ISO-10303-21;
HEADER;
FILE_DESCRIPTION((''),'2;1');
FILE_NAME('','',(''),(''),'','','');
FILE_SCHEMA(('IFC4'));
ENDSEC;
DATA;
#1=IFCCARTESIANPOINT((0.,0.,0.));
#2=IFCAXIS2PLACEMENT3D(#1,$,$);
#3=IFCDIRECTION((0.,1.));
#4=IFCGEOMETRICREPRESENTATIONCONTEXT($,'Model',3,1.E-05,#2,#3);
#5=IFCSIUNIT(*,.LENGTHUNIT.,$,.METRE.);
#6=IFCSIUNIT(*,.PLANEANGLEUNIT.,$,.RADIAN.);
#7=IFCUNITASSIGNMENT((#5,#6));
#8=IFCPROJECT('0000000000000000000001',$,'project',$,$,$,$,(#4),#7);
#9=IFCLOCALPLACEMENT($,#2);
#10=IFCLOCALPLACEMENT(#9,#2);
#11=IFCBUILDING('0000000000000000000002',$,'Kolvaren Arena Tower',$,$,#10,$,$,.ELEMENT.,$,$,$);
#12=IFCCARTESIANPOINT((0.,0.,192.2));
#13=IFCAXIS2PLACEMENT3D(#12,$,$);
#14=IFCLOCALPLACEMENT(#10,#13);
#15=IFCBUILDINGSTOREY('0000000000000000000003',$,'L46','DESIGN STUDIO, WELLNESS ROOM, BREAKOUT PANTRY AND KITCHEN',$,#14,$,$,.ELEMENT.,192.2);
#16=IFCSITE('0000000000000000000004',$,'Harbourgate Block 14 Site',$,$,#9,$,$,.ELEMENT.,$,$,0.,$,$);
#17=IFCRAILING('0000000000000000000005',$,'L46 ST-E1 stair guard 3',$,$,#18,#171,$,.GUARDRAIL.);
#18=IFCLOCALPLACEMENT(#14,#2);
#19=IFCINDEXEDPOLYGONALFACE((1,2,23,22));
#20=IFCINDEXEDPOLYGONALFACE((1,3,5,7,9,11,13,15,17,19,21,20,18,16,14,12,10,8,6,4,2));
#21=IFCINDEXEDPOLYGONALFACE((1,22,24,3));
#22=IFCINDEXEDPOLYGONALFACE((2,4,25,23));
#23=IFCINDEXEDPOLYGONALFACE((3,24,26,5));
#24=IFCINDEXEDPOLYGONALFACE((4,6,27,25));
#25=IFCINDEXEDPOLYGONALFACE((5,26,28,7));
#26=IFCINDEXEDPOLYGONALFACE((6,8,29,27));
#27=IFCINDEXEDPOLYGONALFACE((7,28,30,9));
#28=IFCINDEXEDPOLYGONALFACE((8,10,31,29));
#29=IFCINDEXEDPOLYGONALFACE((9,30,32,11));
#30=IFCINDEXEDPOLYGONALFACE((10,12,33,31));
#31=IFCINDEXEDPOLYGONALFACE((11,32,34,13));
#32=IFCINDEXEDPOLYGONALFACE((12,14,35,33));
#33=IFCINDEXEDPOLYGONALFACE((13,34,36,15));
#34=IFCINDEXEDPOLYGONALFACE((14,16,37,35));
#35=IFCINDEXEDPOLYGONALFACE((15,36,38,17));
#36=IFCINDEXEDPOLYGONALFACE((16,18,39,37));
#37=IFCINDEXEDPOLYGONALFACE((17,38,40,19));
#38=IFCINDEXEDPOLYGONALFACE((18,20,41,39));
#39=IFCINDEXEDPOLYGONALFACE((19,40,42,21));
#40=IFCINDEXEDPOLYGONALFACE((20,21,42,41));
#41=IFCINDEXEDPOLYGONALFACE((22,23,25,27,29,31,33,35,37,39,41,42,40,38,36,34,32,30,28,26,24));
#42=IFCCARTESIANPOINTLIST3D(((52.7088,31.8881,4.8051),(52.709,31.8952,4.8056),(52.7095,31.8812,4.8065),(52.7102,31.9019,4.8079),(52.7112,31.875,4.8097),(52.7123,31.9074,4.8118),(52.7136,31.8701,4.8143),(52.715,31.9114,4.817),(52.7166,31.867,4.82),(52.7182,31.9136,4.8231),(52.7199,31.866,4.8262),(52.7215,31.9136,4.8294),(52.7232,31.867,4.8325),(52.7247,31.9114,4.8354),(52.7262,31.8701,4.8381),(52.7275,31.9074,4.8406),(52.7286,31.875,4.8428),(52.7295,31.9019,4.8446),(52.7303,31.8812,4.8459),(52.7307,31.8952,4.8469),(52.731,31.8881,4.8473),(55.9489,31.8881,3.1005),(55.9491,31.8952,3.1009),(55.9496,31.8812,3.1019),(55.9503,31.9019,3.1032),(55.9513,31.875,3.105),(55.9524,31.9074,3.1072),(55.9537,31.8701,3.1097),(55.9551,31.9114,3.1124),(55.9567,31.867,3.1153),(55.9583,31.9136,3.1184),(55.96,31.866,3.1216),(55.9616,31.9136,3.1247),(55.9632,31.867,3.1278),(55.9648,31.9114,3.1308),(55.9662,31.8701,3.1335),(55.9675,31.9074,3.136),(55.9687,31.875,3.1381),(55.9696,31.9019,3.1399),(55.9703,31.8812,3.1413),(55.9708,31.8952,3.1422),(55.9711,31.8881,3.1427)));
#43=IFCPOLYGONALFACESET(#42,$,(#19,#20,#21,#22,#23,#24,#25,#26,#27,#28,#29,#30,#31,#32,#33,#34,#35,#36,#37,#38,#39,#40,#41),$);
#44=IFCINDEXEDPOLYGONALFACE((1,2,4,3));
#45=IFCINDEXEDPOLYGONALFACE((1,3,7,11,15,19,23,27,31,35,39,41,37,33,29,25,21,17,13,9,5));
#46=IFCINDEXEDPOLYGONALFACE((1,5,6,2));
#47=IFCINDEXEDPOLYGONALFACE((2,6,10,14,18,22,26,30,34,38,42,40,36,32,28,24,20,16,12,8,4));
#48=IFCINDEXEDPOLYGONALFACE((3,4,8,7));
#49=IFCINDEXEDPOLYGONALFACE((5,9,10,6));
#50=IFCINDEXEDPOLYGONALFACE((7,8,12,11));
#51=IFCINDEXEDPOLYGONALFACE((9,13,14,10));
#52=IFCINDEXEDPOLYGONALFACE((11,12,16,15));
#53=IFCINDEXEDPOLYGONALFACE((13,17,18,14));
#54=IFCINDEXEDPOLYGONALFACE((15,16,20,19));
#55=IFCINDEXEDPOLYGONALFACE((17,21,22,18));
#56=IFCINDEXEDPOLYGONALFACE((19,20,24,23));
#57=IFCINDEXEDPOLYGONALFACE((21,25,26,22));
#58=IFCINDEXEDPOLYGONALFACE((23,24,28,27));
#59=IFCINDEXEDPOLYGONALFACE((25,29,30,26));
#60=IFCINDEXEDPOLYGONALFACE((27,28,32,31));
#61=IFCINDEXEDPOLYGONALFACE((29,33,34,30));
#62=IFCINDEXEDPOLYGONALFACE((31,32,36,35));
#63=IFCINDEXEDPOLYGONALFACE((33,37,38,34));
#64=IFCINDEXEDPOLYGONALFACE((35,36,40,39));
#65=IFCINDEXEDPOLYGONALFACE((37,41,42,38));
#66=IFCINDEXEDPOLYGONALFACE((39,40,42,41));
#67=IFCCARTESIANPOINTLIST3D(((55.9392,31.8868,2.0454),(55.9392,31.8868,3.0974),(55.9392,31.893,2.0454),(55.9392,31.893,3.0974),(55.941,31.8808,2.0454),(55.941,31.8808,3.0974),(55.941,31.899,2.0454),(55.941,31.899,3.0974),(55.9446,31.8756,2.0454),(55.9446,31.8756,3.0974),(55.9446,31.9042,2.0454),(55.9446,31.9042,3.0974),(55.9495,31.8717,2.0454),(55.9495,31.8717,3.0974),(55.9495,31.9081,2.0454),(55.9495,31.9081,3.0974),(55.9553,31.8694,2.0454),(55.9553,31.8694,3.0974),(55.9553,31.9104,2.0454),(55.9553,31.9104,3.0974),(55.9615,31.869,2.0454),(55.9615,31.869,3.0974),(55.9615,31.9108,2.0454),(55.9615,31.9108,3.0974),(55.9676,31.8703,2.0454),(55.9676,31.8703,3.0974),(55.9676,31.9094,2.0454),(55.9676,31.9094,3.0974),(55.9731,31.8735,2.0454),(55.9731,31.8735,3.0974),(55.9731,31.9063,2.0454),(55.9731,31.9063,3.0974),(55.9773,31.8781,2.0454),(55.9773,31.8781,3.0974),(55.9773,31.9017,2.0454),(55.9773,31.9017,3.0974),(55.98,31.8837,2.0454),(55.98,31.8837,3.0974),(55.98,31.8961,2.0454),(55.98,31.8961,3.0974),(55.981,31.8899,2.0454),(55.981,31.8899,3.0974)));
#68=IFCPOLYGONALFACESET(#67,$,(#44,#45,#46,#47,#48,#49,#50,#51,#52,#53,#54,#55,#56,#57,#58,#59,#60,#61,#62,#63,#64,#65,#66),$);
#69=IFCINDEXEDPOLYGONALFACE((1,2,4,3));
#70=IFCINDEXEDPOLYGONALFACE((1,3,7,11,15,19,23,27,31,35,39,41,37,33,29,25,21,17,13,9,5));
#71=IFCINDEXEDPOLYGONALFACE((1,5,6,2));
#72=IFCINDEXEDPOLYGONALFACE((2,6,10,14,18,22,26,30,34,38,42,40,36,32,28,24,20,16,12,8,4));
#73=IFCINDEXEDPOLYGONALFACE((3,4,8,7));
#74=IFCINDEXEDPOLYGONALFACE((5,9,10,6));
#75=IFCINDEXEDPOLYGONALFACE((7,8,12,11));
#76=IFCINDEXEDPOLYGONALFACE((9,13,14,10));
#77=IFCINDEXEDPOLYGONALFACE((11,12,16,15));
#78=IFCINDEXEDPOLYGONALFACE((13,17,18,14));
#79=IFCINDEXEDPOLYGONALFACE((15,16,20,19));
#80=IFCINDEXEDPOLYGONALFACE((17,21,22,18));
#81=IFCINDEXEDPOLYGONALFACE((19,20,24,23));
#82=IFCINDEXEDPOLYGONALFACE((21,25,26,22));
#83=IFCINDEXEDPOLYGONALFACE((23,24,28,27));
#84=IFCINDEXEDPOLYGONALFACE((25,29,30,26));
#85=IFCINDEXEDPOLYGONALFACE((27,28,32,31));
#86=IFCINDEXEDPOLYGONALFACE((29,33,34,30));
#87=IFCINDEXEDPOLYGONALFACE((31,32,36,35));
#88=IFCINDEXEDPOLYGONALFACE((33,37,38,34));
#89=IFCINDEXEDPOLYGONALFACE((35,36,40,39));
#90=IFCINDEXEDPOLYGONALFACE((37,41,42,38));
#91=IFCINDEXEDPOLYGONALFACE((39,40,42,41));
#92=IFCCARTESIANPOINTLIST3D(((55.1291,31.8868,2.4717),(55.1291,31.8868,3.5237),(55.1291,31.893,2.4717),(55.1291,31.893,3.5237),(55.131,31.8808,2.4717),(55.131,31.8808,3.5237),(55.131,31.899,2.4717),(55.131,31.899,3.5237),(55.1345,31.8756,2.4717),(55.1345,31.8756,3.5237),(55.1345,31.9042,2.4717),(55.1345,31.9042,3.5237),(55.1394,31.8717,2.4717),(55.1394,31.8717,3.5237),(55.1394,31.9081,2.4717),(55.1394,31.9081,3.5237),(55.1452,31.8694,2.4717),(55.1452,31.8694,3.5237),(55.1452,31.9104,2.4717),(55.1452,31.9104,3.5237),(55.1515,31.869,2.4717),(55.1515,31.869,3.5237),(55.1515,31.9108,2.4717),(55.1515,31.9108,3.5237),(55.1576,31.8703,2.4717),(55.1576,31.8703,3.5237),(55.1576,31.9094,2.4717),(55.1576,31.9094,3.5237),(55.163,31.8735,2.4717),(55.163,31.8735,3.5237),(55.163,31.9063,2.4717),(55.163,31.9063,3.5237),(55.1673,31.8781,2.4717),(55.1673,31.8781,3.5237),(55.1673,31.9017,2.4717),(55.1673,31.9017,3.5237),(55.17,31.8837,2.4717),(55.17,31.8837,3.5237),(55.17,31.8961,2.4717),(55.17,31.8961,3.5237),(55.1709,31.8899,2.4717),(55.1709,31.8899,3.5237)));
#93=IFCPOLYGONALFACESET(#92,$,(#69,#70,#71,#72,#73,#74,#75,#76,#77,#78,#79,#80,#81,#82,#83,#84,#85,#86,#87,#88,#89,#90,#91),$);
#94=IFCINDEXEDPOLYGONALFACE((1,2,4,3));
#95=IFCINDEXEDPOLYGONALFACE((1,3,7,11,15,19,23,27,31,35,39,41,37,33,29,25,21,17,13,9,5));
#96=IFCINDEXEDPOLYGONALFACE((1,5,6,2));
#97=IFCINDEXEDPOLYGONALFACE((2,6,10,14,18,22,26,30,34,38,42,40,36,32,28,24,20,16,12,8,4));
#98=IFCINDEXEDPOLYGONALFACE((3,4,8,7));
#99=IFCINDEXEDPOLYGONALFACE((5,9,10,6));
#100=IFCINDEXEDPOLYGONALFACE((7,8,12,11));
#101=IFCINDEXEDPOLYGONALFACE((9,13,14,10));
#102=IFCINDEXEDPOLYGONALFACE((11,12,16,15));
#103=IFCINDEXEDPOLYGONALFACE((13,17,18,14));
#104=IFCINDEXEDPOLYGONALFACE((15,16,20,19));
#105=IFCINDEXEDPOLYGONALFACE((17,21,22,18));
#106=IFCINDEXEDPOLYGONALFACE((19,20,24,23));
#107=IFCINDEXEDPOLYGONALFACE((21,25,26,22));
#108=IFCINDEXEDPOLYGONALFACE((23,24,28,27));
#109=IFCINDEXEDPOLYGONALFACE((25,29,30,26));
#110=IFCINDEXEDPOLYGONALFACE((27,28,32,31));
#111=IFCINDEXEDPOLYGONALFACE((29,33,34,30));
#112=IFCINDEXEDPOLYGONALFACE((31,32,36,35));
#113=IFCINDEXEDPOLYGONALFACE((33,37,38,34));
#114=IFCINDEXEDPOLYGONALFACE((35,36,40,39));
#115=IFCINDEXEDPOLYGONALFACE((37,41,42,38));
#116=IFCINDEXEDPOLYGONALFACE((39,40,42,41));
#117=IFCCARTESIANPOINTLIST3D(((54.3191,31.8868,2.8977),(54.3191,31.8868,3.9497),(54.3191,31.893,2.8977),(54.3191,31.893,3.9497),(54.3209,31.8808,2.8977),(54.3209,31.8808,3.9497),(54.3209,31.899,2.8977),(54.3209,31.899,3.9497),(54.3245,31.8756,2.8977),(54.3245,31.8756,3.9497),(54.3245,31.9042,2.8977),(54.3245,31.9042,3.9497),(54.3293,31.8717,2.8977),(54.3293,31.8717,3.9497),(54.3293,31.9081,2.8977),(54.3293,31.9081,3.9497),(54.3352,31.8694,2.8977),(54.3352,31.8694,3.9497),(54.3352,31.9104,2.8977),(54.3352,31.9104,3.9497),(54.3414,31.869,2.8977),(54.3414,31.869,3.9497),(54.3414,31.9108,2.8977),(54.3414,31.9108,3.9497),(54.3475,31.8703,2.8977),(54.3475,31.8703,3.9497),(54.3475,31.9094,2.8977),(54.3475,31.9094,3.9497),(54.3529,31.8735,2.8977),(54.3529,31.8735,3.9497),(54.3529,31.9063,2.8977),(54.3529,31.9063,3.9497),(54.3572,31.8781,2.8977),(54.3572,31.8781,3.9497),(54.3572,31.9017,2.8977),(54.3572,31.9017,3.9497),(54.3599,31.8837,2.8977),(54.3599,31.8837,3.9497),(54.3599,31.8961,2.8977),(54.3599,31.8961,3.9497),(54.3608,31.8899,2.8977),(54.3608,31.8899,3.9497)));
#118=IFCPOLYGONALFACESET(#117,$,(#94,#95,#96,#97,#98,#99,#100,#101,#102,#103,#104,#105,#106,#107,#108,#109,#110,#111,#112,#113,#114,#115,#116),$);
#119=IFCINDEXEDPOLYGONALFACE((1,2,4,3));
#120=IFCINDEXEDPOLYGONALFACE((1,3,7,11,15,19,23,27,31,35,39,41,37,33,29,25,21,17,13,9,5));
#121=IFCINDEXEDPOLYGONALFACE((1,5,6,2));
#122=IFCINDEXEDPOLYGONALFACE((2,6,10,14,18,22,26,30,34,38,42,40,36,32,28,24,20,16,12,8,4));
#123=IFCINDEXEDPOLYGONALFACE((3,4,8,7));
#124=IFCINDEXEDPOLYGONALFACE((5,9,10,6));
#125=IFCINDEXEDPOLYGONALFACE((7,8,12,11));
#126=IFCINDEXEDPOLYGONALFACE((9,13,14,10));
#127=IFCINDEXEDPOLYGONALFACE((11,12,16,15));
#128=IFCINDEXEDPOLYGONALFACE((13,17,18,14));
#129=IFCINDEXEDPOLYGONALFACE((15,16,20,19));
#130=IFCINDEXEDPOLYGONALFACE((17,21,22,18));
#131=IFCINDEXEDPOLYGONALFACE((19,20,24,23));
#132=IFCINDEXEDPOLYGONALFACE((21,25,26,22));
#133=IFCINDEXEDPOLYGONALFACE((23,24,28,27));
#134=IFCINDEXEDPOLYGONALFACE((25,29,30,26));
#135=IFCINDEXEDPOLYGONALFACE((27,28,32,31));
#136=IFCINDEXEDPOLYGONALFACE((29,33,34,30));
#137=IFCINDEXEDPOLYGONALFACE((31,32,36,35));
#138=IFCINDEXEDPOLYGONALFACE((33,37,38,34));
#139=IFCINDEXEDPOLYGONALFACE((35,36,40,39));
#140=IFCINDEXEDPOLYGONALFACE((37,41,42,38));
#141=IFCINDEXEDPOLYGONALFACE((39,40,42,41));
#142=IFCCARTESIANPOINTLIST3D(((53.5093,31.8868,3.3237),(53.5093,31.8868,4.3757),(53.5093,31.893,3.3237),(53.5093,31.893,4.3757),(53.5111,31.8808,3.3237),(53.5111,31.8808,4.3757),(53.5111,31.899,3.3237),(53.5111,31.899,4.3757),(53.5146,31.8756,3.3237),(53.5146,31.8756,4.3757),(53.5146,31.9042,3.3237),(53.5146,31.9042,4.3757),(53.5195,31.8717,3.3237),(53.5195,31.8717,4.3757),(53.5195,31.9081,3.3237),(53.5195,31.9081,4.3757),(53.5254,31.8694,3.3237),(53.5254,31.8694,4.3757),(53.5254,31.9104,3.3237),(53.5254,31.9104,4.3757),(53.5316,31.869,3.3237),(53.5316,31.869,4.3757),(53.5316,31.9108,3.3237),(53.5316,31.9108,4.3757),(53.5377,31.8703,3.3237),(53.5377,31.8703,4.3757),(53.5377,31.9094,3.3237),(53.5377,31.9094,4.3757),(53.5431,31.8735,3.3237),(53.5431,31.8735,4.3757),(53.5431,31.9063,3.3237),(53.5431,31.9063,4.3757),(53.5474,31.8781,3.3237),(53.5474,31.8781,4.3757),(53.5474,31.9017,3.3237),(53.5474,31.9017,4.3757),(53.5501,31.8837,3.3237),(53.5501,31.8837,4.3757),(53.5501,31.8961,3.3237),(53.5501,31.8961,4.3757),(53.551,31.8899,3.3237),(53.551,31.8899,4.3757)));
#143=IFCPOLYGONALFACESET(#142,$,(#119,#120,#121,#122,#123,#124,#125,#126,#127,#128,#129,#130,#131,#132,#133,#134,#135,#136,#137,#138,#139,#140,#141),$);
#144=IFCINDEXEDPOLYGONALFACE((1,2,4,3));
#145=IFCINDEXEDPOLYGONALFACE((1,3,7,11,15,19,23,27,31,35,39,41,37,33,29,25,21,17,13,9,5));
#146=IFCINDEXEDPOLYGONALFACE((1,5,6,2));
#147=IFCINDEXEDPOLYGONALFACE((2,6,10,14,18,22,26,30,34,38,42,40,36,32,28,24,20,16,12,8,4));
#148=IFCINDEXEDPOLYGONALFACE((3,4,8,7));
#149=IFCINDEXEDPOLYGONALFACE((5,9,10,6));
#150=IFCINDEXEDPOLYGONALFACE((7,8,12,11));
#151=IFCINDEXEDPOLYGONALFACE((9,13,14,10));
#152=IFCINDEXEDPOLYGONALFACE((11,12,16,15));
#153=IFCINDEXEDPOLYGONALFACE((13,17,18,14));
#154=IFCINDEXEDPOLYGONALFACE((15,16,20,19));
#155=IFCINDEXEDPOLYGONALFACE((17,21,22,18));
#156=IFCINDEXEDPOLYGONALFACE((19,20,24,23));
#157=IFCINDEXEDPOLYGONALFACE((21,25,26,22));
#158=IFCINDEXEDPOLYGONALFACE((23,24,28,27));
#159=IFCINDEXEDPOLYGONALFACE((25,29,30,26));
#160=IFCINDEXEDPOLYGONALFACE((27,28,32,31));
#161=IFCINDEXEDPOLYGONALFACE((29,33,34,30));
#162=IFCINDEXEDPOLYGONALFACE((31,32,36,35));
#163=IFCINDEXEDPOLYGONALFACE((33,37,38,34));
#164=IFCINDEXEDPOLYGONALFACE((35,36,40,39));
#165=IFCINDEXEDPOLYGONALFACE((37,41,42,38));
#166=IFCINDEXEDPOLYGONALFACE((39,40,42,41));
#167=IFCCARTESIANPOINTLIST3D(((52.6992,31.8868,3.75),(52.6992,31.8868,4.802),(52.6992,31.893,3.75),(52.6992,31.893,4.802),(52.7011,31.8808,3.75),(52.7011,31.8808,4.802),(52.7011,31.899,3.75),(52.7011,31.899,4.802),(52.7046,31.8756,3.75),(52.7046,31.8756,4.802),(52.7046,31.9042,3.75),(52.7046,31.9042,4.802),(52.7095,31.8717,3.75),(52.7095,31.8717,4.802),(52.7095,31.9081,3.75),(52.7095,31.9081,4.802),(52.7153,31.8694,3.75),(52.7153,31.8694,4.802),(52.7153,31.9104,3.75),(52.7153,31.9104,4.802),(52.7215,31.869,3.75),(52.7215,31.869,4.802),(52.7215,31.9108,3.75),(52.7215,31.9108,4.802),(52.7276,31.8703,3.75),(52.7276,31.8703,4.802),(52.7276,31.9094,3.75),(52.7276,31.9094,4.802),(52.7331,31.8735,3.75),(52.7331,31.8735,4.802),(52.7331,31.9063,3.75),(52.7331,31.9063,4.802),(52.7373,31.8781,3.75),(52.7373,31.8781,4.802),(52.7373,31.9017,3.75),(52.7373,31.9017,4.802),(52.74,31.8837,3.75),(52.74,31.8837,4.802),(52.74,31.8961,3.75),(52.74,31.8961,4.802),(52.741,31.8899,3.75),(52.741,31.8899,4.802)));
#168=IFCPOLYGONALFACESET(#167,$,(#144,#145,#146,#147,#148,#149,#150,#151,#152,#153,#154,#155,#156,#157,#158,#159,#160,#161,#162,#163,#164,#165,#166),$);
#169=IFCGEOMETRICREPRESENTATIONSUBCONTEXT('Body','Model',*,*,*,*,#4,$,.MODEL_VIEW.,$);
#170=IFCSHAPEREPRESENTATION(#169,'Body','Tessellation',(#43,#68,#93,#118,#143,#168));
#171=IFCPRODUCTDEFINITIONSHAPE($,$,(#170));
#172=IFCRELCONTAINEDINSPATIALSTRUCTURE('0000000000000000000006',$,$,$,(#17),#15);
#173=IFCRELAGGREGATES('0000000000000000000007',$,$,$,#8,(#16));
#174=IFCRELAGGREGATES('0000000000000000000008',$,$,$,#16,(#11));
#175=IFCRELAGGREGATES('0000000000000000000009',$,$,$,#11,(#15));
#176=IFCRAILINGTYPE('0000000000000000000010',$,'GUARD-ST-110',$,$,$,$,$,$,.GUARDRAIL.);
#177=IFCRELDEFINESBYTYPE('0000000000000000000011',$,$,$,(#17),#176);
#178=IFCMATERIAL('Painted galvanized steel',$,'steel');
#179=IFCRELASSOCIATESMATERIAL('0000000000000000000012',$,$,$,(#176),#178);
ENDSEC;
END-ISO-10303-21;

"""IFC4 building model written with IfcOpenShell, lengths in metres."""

from ifc_helpers import new_model, si_unit, direction, frame, origin, origin_2d, place, context, subcontext, project, spatial, circle, extrude, material, type_object, element, save


model = new_model("IFC4")

# Units and contexts
model_context = context("Model", 3, precision=1e-05, world=origin(), true_north=direction((0.0, 1.0)))
body_context = subcontext(model_context, "Body", "Model", "MODEL_VIEW")
ifc_project = project(units=[si_unit("LENGTHUNIT", "METRE"), si_unit("PLANEANGLEUNIT", "RADIAN")], contexts=[model_context])

# Site, building, storey
site_placement = place(None, origin())
site = spatial("IfcSite", under=ifc_project, at=site_placement, Name="Harbourgate Block 14 Site", CompositionType="ELEMENT", RefElevation=0.0)
building_placement = place(site_placement, origin())
building = spatial("IfcBuilding", under=site, at=building_placement, Name="Kolvaren Arena Tower", CompositionType="ELEMENT")
storey_placement = place(building_placement, frame((0.0, 0.0, 192.2)))
storey = spatial("IfcBuildingStorey", under=building, at=storey_placement, Name="L46", Description="DESIGN STUDIO, WELLNESS ROOM, BREAKOUT PANTRY AND KITCHEN", CompositionType="ELEMENT", Elevation=192.2)

# Railing
ifc_material_1 = material(Name="Painted galvanized steel", Category="steel")
railing_type_1 = type_object("IfcRailingType", Name="GUARD-ST-110", PredefinedType="GUARDRAIL", material=ifc_material_1)
railing_1_placement = place(storey_placement, frame((55.96, 31.8899, 2.0454)))
element("IfcRailing", 1, at=railing_1_placement, inside=storey, type_object=railing_type_1, Name="L46 ST-E1 stair guard 3", PredefinedType="GUARDRAIL", context=body_context, shape_type="SweptSolid", body=[
    extrude(circle(Radius=0.0239, at=origin_2d()), frame((0.0, 0.0, 1.0762), z_axis=(-0.884993, 0.0, 0.465604), x_axis=(0.0, -1.0, 0.0)), (0.0, 0.0, 1.0), 3.6611),
    extrude(circle(Radius=0.021, at=origin_2d()), origin(), (0.0, 0.0, 1.0), 1.052),
    extrude(circle(Radius=0.021, at=origin_2d()), frame((-0.8101, 0.0, 0.4263)), (0.0, 0.0, 1.0), 1.052),
    extrude(circle(Radius=0.021, at=origin_2d()), frame((-1.6201, 0.0, 0.8523)), (0.0, 0.0, 1.0), 1.052),
    extrude(circle(Radius=0.021, at=origin_2d()), frame((-2.4299, 0.0, 1.2783)), (0.0, 0.0, 1.0), 1.052),
    extrude(circle(Radius=0.021, at=origin_2d()), frame((-3.24, 0.0, 1.7046)), (0.0, 0.0, 1.0), 1.052),
])

save(model, "model.ifc")
